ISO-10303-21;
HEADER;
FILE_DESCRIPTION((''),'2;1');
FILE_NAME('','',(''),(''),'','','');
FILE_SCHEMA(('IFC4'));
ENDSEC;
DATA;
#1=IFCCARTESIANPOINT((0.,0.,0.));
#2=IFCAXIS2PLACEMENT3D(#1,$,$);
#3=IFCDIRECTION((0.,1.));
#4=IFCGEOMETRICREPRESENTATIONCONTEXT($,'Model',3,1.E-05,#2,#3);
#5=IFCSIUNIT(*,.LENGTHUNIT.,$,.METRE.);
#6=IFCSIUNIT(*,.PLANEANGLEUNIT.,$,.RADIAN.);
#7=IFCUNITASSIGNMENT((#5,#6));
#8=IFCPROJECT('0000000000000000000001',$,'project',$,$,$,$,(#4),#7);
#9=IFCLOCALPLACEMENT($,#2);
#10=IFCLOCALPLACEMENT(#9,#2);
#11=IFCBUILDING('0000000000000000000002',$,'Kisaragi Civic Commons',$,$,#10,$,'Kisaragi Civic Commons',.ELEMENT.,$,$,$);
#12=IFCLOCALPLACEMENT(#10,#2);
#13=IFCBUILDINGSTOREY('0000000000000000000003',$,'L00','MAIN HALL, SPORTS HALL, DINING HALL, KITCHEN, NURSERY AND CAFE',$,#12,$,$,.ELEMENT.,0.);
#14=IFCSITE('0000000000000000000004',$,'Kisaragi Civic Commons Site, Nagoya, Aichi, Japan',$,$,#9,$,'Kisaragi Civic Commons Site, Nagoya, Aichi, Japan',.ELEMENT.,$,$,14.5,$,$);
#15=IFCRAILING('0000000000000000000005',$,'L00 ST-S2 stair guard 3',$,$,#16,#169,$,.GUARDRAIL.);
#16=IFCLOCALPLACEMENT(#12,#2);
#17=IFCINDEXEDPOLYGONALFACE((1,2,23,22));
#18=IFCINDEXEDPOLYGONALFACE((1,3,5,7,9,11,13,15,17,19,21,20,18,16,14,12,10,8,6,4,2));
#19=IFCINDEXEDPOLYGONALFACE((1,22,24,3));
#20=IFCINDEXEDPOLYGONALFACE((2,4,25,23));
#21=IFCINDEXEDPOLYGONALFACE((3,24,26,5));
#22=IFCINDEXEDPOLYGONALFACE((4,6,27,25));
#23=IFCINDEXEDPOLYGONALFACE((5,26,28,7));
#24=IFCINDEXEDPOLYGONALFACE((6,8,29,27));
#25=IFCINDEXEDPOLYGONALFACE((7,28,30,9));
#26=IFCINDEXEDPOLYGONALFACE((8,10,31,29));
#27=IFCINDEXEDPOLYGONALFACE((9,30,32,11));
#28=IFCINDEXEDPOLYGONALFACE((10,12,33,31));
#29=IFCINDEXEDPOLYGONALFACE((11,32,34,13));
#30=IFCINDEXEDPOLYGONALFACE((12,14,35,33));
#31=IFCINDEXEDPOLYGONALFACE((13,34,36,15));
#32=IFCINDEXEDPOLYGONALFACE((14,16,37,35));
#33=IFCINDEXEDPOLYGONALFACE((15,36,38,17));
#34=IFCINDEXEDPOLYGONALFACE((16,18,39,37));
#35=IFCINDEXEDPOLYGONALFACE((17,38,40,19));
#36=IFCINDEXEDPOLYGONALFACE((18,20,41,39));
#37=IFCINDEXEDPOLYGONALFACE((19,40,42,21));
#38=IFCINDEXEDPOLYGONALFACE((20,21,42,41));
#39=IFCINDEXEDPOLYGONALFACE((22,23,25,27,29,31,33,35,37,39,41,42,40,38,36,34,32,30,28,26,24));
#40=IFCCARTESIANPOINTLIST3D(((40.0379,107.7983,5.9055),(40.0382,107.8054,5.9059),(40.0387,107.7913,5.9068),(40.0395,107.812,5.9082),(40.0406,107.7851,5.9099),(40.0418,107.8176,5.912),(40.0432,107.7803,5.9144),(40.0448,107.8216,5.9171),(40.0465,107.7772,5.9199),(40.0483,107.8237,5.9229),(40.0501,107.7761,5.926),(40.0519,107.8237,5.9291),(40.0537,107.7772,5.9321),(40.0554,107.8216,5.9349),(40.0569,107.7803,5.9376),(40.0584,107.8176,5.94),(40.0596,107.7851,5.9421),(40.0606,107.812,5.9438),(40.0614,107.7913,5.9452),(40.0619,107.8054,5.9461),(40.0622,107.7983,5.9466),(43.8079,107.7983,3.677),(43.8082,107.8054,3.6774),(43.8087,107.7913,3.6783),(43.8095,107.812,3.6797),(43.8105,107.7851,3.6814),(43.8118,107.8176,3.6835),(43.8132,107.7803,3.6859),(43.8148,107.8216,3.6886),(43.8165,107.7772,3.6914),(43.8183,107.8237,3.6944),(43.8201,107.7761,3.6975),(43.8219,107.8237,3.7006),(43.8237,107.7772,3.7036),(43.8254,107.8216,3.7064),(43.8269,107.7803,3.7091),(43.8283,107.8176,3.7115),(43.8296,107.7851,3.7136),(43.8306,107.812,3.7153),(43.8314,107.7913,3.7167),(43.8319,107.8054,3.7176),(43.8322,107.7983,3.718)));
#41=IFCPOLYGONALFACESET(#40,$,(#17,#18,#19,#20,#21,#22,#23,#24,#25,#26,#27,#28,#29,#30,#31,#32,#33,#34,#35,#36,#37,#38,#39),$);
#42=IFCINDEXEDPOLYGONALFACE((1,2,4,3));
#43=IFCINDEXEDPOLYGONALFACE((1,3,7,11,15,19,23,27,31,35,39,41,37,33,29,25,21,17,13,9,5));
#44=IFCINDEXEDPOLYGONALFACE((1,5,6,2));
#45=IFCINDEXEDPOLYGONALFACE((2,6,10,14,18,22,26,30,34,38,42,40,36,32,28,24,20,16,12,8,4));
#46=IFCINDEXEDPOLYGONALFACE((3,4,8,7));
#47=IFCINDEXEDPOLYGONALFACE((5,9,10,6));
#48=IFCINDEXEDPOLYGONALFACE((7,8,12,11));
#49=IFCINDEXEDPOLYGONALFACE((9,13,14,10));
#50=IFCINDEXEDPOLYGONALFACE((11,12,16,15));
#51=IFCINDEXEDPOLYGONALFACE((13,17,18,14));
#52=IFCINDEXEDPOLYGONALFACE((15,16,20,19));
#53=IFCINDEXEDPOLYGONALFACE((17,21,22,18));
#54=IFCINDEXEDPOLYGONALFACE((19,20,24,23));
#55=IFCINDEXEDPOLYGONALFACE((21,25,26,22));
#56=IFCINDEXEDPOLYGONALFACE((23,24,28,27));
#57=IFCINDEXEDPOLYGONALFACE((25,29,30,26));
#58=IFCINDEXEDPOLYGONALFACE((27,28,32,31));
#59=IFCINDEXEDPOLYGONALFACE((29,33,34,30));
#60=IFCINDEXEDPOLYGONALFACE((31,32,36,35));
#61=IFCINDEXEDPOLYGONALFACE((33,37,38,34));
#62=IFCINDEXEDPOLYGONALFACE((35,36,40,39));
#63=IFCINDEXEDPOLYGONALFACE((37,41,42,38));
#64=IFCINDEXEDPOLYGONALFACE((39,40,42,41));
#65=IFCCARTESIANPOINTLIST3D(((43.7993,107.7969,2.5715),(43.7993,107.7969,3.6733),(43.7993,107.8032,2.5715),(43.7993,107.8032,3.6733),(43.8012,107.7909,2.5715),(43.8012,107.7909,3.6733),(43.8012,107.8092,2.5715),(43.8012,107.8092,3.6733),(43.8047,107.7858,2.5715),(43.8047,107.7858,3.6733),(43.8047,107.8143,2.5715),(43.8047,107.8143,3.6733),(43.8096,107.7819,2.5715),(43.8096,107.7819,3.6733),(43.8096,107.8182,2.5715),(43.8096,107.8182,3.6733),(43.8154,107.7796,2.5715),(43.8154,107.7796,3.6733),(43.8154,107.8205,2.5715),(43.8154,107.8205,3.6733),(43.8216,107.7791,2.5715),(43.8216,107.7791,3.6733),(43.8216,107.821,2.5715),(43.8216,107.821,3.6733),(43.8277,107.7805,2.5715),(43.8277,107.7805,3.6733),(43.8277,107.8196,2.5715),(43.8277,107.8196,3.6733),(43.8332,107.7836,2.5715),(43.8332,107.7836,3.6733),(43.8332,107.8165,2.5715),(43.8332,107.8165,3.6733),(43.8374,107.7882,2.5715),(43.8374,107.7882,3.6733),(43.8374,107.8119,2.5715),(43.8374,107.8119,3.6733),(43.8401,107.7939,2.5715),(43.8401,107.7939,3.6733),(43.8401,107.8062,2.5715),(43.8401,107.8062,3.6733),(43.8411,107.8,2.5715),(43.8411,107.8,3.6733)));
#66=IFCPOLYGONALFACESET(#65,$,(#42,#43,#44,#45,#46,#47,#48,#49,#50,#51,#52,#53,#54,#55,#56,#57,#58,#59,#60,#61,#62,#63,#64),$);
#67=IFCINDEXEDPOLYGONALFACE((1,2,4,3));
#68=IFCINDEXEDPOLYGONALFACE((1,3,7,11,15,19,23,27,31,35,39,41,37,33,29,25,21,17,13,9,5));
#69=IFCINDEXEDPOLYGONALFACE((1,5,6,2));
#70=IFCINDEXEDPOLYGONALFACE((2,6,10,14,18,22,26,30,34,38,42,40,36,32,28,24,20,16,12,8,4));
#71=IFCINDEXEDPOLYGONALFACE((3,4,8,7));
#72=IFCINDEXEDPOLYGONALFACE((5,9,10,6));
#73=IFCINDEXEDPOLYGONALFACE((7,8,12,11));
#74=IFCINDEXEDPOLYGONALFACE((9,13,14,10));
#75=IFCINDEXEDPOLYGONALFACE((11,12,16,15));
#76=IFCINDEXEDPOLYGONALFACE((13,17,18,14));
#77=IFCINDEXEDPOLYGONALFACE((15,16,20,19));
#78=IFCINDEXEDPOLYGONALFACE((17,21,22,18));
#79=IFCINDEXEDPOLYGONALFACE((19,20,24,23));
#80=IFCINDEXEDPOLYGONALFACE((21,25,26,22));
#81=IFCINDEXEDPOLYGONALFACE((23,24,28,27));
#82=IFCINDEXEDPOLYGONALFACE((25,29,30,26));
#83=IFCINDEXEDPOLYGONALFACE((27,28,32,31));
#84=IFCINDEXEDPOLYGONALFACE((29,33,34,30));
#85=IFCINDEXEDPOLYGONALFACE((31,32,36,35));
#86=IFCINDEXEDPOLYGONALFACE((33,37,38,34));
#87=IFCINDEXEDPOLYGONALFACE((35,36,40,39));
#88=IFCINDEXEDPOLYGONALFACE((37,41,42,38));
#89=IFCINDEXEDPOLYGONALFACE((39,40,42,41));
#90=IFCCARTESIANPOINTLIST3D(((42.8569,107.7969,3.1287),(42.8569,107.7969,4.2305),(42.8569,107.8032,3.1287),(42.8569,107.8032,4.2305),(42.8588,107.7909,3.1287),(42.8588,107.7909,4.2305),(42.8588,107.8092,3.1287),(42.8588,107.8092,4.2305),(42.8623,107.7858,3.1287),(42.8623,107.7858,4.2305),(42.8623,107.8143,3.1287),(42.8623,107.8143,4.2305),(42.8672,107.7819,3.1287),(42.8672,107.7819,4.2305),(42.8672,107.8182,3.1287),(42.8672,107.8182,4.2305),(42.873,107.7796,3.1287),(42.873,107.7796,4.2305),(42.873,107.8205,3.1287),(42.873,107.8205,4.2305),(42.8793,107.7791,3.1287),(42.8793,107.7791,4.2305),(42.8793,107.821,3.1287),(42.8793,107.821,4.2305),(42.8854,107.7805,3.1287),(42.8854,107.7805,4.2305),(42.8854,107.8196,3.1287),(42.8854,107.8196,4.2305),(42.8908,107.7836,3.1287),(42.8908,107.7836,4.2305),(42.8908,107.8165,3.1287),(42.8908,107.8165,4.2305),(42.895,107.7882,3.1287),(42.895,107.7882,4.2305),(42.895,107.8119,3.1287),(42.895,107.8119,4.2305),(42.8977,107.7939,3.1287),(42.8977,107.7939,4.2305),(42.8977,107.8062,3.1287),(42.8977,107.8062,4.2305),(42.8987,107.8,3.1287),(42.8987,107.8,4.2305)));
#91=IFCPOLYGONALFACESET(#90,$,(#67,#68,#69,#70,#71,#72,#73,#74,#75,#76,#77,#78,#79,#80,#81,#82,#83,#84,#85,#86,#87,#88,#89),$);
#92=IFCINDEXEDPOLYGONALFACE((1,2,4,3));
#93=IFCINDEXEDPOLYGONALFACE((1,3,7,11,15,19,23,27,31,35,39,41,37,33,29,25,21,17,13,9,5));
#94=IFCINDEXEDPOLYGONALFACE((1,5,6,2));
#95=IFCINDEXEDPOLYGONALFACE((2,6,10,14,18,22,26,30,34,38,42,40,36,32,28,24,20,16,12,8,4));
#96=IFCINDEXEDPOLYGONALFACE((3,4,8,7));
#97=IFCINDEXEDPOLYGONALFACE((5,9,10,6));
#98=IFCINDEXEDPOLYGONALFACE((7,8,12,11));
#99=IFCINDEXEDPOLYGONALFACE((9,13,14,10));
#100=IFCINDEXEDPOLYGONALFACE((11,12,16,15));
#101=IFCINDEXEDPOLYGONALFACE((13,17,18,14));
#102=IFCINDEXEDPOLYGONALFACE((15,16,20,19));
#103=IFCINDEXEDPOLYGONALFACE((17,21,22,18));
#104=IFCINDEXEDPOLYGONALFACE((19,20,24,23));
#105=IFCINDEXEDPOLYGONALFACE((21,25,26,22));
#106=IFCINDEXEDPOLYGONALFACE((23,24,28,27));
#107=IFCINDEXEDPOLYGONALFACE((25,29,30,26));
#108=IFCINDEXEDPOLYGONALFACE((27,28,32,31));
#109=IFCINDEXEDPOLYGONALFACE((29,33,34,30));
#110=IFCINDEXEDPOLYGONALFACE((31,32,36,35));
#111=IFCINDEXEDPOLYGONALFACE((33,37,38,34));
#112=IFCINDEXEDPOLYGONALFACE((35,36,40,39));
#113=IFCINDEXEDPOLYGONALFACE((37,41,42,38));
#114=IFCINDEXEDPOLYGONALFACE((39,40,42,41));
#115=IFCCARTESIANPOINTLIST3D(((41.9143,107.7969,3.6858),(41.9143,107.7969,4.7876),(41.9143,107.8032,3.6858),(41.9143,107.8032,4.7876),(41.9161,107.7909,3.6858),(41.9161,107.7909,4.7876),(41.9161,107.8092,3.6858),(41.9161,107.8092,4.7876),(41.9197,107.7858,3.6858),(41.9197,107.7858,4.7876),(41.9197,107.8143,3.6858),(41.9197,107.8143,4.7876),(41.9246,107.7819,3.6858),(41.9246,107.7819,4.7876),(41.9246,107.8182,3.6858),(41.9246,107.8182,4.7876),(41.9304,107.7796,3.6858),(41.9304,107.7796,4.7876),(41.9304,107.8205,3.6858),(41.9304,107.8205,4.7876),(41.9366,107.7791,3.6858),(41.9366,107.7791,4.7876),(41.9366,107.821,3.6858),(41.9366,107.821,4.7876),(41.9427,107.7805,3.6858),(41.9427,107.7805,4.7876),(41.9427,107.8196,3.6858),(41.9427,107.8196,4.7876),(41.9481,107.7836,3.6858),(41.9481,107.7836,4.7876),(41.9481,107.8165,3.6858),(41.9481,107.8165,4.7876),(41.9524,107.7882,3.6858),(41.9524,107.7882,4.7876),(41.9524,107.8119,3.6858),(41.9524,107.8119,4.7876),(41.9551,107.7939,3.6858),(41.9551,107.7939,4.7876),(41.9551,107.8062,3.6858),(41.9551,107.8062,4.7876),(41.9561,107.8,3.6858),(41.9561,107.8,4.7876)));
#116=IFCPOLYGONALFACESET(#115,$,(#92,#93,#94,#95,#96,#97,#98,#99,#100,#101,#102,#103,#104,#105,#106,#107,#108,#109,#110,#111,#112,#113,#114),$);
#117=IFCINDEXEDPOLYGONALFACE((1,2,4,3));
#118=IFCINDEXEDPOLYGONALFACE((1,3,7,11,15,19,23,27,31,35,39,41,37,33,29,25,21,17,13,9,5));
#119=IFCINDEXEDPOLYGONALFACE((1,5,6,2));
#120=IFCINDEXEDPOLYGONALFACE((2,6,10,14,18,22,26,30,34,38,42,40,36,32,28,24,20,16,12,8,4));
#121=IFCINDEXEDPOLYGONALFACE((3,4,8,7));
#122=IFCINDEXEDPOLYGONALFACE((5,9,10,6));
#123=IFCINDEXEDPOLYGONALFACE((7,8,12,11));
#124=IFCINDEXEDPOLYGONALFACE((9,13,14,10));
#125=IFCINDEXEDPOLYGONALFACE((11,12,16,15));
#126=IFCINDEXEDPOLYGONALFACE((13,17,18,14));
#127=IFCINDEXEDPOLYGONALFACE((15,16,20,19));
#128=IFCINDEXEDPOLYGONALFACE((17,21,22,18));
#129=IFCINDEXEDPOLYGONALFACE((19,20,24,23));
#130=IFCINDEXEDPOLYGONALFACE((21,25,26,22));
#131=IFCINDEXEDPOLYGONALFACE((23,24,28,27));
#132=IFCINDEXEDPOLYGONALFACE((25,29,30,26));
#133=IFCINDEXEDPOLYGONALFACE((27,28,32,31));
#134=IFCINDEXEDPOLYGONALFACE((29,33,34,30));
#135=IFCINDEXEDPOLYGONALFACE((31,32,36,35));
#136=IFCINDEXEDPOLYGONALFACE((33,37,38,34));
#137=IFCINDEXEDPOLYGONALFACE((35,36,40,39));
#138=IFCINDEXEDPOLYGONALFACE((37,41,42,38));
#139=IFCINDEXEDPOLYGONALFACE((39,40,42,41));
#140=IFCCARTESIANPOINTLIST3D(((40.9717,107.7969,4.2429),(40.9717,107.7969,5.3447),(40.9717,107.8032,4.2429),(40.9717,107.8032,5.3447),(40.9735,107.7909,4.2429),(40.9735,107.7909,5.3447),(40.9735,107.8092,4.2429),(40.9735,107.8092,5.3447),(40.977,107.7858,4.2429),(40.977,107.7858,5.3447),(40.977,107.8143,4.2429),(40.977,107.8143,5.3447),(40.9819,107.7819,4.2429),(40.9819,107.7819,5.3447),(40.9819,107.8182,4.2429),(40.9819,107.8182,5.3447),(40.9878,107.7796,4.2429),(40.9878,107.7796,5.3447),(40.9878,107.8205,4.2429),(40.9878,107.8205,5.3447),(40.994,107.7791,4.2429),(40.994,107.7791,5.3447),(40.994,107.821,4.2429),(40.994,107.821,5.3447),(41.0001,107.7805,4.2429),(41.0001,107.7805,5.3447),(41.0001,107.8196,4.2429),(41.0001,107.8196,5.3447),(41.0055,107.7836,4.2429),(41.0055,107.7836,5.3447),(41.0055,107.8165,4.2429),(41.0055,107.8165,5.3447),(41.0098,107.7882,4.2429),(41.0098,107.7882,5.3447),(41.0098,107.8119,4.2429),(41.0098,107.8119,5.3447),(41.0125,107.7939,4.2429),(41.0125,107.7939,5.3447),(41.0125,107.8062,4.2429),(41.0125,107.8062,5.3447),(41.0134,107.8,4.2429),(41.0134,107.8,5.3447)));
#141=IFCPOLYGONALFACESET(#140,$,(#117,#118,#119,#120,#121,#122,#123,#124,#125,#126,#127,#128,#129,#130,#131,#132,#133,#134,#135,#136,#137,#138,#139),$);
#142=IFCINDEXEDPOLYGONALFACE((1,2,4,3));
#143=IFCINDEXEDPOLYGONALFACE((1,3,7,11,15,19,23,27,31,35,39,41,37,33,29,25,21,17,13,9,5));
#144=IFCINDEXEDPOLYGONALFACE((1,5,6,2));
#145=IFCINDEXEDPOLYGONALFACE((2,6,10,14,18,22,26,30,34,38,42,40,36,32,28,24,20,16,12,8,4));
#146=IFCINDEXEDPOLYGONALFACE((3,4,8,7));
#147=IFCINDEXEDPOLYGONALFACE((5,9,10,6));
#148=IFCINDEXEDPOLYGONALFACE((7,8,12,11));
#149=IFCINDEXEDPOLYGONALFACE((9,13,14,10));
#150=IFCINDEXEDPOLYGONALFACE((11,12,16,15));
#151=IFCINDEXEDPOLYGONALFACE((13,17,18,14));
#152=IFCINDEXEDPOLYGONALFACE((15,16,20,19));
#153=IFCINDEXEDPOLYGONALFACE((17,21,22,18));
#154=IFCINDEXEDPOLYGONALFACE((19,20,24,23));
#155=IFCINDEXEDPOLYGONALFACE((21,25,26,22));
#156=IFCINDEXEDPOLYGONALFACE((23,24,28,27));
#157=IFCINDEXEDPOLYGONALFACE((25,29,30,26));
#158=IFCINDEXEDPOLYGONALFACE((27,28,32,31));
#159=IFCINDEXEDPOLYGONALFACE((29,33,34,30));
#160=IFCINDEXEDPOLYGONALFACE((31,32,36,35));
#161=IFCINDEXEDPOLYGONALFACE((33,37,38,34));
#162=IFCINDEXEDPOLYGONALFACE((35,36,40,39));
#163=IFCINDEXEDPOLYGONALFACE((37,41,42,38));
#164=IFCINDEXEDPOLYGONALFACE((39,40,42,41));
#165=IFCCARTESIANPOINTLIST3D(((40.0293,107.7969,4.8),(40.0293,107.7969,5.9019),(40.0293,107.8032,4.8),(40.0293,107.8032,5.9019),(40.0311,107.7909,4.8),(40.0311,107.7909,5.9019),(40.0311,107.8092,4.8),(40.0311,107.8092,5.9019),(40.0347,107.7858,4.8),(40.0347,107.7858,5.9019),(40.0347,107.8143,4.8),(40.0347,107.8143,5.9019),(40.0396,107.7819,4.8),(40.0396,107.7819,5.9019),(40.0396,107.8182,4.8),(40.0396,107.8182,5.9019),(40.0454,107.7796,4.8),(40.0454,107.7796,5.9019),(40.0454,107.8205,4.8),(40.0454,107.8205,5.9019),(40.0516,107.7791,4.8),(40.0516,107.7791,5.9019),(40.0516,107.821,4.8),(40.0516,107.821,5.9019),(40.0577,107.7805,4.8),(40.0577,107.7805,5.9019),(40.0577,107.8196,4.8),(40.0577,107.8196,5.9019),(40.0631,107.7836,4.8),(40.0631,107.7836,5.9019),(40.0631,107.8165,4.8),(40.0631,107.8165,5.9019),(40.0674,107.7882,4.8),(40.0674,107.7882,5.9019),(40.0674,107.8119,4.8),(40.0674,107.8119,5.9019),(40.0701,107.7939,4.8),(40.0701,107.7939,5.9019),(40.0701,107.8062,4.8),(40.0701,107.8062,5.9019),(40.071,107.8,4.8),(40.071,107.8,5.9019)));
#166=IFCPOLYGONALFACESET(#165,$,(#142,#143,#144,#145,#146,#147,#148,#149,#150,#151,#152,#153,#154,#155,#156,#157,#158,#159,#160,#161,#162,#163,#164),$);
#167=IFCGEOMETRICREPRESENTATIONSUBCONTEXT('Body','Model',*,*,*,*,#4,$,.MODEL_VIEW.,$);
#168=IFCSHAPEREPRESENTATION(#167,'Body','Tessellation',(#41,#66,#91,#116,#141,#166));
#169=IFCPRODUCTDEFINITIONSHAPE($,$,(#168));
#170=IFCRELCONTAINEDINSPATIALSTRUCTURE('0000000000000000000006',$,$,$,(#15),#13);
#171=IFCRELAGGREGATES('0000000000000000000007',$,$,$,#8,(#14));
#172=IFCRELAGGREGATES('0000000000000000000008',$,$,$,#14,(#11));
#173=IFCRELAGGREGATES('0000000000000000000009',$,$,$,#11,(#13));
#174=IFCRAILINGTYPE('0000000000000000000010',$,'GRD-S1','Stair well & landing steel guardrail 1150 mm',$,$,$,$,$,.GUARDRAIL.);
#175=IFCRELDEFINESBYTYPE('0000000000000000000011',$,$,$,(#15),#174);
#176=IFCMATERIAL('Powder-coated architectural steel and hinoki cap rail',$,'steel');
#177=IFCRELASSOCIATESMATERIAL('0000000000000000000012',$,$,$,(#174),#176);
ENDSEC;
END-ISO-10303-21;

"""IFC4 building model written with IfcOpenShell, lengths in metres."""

from ifc_helpers import new_model, si_unit, direction, frame, origin, origin_2d, place, context, subcontext, project, spatial, circle, extrude, material, type_object, element, save


model = new_model("IFC4")

# Units and contexts
model_context = context("Model", 3, precision=1e-05, world=origin(), true_north=direction((0.0, 1.0)))
body_context = subcontext(model_context, "Body", "Model", "MODEL_VIEW")
ifc_project = project(units=[si_unit("LENGTHUNIT", "METRE"), si_unit("PLANEANGLEUNIT", "RADIAN")], contexts=[model_context])

# Site, building, storey
site_placement = place(None, origin())
site = spatial("IfcSite", under=ifc_project, at=site_placement, Name="Kisaragi Civic Commons Site, Nagoya, Aichi, Japan", LongName="Kisaragi Civic Commons Site, Nagoya, Aichi, Japan", CompositionType="ELEMENT", RefElevation=14.5)
building_placement = place(site_placement, origin())
building = spatial("IfcBuilding", under=site, at=building_placement, Name="Kisaragi Civic Commons", LongName="Kisaragi Civic Commons", CompositionType="ELEMENT")
storey_placement = place(building_placement, origin())
storey = spatial("IfcBuildingStorey", under=building, at=storey_placement, Name="L00", Description="MAIN HALL, SPORTS HALL, DINING HALL, KITCHEN, NURSERY AND CAFE", CompositionType="ELEMENT", Elevation=0.0)

# Railing
ifc_material_1 = material(Name="Powder-coated architectural steel and hinoki cap rail", Category="steel")
railing_type_1 = type_object("IfcRailingType", Name="GRD-S1", Description="Stair well & landing steel guardrail 1150 mm", PredefinedType="GUARDRAIL", material=ifc_material_1)
railing_1_placement = place(storey_placement, frame((43.8201, 107.8, 2.5715)))
element("IfcRailing", 1, at=railing_1_placement, inside=storey, type_object=railing_type_1, Name="L00 ST-S2 stair guard 3", PredefinedType="GUARDRAIL", context=body_context, shape_type="SweptSolid", body=[
    extrude(circle(Radius=0.0239, at=origin_2d()), frame((0.0, 0.0, 1.126), z_axis=(-0.860849, 0.0, 0.508861), x_axis=(0.0, -1.0, 0.0)), (0.0, 0.0, 1.0), 4.3794),
    extrude(circle(Radius=0.021, at=origin_2d()), origin(), (0.0, 0.0, 1.0), 1.1018),
    extrude(circle(Radius=0.021, at=origin_2d()), frame((-0.9424, 0.0, 0.5571)), (0.0, 0.0, 1.0), 1.1018),
    extrude(circle(Radius=0.021, at=origin_2d()), frame((-1.885, 0.0, 1.1143)), (0.0, 0.0, 1.0), 1.1018),
    extrude(circle(Radius=0.021, at=origin_2d()), frame((-2.8276, 0.0, 1.6714)), (0.0, 0.0, 1.0), 1.1018),
    extrude(circle(Radius=0.021, at=origin_2d()), frame((-3.77, 0.0, 2.2285)), (0.0, 0.0, 1.0), 1.1018),
])

save(model, "model.ifc")
